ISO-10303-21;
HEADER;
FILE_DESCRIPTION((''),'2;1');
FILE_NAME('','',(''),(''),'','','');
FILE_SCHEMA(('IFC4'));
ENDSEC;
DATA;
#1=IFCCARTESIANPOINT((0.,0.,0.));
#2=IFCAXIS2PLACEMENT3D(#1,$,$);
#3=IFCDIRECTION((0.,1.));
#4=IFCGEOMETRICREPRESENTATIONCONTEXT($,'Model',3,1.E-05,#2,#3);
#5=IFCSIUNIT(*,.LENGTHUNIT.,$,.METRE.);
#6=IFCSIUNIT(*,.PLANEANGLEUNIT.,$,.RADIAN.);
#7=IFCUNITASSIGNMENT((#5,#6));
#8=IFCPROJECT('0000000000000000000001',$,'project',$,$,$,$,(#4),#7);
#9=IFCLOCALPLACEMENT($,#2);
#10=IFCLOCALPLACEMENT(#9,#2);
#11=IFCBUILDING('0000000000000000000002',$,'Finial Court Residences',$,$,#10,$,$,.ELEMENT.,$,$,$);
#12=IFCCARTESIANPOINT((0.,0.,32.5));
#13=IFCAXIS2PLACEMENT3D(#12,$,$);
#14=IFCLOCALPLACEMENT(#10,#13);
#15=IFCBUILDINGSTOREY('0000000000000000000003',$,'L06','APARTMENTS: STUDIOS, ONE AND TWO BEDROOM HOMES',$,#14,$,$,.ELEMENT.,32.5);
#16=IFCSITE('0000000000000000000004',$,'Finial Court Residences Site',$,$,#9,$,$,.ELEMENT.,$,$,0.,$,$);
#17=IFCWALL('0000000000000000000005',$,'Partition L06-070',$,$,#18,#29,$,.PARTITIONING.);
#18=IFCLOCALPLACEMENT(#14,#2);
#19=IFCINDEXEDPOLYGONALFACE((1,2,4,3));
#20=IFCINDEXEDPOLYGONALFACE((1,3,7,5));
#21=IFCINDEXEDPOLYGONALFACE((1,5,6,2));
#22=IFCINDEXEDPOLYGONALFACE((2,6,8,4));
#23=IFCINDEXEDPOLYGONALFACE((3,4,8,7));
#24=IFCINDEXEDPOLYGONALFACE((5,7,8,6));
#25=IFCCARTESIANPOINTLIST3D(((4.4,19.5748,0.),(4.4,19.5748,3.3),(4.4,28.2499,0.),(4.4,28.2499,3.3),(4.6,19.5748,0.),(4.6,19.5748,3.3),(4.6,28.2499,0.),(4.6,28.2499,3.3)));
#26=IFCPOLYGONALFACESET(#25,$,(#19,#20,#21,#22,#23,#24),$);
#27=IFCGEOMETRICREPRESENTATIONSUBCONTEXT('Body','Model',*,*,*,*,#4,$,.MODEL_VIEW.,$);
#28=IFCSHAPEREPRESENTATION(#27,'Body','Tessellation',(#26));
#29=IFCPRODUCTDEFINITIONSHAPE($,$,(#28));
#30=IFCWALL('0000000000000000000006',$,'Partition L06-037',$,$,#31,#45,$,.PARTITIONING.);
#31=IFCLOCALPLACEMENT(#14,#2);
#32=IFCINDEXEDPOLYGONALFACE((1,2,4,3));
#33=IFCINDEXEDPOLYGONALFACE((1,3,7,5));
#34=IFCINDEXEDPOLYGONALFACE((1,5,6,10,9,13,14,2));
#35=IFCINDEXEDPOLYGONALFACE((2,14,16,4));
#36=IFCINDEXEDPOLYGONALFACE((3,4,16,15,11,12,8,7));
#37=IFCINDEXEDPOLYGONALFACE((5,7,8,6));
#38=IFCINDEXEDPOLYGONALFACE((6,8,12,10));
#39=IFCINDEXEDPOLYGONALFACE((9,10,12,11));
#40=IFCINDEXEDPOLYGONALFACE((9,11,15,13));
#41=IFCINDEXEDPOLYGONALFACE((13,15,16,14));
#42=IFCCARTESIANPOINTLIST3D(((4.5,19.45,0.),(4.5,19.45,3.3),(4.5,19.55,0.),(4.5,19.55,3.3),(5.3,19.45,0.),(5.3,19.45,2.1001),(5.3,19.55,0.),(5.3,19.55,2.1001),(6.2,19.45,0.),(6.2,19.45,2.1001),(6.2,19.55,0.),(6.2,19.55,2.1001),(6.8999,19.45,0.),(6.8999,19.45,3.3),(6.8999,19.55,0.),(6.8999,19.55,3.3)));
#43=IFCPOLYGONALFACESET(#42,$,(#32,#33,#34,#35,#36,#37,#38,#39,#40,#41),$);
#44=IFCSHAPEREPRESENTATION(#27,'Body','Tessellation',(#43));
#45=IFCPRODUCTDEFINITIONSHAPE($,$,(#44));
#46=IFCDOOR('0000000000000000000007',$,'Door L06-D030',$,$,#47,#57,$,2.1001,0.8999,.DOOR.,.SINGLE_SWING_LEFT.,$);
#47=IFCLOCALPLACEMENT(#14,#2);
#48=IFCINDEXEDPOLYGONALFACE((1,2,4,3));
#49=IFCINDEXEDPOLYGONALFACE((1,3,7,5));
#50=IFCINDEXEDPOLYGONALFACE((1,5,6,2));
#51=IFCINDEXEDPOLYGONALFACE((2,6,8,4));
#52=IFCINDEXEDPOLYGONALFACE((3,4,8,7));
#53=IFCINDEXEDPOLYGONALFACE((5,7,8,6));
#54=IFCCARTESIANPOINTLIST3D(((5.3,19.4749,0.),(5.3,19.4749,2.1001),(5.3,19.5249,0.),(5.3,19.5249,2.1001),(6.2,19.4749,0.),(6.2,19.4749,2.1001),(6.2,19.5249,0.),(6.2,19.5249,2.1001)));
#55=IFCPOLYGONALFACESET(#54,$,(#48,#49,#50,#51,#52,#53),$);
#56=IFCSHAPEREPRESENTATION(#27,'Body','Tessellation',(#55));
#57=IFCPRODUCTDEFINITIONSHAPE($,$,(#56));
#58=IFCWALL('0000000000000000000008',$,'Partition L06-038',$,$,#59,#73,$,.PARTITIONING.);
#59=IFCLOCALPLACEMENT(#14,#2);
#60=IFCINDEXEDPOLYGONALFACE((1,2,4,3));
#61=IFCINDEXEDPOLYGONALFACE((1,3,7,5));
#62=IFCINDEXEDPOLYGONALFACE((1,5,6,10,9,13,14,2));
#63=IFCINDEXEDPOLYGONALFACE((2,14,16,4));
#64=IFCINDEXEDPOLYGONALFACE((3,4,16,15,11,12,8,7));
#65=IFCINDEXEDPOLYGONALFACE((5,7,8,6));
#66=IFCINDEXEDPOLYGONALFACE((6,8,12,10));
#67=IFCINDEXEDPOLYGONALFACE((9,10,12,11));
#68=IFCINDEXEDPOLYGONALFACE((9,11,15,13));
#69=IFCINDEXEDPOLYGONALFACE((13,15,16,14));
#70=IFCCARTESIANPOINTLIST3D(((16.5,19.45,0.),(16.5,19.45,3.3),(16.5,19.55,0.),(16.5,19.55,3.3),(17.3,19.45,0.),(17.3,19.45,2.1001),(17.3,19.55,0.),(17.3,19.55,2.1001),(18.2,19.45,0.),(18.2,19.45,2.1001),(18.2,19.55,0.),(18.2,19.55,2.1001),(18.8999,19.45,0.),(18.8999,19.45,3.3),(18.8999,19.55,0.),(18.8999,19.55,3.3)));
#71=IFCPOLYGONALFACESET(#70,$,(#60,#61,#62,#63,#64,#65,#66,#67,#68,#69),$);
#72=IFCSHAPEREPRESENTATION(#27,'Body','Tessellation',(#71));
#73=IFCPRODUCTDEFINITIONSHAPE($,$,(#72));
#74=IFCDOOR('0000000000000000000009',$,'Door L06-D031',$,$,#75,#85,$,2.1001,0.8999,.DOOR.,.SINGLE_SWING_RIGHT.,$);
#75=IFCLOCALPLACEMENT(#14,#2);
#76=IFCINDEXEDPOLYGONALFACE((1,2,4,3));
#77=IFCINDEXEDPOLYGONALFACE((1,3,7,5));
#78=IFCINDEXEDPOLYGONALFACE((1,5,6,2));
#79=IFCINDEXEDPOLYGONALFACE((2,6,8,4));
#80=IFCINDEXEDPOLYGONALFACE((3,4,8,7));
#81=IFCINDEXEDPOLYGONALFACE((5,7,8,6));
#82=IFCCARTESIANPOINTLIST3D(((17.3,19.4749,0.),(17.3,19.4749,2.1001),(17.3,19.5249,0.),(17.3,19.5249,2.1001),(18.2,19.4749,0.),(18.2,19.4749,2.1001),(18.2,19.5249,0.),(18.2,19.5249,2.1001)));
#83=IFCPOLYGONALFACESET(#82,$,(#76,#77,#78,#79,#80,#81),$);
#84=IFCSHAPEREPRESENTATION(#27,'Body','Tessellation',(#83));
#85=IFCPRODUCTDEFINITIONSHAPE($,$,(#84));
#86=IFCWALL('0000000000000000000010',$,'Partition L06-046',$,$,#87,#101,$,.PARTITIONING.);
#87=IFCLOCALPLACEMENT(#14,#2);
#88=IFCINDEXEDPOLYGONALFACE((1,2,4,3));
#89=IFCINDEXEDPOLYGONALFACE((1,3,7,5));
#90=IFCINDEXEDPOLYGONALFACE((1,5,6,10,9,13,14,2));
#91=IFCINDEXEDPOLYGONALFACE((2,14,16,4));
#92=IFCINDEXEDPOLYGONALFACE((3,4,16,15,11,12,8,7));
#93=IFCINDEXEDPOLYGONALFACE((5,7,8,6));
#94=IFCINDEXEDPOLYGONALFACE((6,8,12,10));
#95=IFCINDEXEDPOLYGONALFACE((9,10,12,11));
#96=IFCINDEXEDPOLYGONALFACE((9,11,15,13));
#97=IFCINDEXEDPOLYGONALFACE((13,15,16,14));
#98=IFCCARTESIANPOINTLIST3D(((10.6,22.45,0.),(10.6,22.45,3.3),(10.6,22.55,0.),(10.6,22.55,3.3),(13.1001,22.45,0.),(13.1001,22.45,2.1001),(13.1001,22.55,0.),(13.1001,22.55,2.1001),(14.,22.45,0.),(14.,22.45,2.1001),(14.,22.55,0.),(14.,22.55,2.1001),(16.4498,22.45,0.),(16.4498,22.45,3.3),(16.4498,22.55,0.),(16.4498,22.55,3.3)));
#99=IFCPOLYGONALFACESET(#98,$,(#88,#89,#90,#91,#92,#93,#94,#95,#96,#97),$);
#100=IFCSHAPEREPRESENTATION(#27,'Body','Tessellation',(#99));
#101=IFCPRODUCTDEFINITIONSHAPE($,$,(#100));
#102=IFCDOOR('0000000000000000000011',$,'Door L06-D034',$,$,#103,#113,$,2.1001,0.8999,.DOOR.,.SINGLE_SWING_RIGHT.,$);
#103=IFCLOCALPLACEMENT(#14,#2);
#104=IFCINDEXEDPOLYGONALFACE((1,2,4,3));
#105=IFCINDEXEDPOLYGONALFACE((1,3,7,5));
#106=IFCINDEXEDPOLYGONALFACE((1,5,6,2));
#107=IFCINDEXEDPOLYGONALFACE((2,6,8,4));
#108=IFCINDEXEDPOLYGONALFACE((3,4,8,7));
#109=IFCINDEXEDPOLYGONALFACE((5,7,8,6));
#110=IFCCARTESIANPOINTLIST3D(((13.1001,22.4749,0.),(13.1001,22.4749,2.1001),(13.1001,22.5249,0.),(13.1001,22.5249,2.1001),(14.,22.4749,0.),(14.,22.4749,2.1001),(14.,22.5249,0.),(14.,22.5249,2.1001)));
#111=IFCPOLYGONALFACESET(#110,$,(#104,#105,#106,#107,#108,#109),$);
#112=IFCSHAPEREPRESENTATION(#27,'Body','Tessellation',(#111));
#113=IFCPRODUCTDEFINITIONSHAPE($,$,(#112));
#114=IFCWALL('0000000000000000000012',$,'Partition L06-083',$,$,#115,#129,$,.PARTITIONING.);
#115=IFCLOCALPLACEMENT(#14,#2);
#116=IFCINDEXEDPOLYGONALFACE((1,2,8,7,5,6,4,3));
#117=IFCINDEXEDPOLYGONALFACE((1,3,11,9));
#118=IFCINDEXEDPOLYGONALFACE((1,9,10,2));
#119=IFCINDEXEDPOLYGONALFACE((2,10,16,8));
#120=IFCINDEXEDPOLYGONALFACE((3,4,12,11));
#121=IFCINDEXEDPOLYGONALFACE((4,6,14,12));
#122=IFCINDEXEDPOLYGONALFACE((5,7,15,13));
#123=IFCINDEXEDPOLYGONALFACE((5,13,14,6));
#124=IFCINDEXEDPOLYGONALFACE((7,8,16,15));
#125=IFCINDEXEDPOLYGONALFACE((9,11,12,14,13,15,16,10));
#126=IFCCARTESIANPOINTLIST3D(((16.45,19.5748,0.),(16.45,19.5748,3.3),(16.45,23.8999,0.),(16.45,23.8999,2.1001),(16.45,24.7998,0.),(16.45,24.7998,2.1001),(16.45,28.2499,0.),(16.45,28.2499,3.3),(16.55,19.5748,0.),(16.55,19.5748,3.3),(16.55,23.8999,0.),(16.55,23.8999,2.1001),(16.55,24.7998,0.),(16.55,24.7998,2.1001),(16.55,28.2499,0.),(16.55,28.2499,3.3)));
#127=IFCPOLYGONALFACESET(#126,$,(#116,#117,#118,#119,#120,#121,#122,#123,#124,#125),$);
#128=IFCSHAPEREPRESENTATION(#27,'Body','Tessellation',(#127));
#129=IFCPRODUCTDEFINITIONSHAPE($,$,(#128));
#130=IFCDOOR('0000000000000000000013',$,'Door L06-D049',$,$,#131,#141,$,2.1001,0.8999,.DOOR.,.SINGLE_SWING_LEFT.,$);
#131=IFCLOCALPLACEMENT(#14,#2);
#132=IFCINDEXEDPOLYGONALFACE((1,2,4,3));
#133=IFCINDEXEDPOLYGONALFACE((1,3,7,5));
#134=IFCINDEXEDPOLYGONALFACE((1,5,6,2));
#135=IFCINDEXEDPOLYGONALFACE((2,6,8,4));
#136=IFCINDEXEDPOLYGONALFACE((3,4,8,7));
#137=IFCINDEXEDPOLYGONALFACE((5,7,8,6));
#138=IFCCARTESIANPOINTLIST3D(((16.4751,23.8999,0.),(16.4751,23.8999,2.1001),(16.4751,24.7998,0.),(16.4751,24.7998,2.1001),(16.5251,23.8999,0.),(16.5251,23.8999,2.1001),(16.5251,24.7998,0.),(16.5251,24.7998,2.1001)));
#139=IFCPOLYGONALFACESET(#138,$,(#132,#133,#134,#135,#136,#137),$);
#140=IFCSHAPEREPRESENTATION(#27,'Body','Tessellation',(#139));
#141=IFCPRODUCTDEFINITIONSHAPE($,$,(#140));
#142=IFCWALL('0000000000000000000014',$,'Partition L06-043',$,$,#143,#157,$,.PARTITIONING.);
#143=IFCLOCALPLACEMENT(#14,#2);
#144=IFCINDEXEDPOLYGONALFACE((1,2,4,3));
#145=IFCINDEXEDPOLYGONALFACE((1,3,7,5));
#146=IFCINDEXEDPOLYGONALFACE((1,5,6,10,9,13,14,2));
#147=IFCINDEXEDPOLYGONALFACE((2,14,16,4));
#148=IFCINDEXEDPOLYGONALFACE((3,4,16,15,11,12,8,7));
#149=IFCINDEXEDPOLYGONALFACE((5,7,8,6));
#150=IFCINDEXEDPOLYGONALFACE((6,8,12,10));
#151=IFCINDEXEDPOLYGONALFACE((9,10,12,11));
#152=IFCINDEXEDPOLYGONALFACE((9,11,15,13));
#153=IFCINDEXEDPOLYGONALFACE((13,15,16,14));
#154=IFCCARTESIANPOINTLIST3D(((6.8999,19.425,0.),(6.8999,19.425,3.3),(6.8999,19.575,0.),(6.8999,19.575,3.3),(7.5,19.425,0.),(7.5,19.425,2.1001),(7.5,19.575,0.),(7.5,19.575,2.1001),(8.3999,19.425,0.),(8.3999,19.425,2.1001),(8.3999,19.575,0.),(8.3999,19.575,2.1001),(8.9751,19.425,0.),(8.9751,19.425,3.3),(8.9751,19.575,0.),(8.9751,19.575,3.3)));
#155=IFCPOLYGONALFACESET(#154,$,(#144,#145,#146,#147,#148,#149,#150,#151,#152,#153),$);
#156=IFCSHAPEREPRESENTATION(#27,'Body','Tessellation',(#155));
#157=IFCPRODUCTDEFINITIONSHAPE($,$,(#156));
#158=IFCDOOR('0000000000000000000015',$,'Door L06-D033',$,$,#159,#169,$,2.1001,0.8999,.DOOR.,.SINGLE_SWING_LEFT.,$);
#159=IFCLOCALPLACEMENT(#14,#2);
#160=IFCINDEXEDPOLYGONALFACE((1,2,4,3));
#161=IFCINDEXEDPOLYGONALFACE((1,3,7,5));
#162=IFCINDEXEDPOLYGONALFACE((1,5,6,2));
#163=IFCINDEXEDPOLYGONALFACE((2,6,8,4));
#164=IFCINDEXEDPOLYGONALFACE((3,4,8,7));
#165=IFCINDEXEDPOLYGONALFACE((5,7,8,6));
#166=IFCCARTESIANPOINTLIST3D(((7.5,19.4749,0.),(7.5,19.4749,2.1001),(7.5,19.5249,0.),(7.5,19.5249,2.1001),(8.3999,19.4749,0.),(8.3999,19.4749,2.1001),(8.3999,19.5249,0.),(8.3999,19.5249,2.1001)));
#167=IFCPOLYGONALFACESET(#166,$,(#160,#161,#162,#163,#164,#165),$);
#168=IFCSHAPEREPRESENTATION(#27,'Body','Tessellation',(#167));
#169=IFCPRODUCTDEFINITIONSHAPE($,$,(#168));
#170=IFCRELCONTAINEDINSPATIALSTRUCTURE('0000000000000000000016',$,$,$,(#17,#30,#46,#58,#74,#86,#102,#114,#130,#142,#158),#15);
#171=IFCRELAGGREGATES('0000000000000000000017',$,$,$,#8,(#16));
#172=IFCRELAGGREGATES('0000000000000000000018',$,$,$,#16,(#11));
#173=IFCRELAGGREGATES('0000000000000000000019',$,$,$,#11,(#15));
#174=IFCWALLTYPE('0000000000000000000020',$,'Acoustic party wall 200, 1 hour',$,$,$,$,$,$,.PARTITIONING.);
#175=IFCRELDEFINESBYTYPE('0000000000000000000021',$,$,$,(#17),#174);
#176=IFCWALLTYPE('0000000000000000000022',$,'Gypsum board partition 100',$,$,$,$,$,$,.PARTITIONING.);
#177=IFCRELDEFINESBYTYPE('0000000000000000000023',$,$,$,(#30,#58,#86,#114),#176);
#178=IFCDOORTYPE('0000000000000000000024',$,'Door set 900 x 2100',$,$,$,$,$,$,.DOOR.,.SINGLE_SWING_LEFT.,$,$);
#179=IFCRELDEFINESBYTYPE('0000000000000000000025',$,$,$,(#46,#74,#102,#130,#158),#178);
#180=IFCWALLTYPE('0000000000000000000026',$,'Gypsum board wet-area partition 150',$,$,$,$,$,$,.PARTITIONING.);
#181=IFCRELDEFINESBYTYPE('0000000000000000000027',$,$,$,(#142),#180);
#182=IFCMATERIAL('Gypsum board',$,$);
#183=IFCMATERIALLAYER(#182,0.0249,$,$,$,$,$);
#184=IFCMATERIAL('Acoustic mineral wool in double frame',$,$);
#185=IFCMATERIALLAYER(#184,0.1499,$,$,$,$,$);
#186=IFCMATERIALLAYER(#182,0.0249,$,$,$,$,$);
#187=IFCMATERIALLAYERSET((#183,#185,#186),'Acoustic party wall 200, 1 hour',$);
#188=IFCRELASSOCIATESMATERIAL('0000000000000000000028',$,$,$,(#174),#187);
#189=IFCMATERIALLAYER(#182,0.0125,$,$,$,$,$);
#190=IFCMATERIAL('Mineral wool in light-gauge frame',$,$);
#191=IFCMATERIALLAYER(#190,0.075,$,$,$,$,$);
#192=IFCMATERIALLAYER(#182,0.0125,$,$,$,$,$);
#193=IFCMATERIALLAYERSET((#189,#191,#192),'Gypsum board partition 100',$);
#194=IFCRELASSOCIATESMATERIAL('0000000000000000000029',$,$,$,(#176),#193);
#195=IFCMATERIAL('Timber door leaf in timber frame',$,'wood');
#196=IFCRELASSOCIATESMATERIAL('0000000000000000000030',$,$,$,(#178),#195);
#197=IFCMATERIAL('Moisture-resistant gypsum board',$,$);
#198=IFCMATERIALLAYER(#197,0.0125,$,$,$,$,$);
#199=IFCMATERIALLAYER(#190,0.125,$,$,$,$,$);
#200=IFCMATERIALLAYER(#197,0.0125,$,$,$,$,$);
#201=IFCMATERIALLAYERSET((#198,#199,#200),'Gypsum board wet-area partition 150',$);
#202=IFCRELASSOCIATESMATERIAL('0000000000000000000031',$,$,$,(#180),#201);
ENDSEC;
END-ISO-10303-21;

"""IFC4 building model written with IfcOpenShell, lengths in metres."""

from ifc_helpers import new_model, si_unit, direction, frame, frame_2d, origin, place, context, subcontext, project, spatial, rectangle, extrude, material, layer, layer_set, type_object, element, fill, save


model = new_model("IFC4")

# Units and contexts
model_context = context("Model", 3, precision=1e-05, world=origin(), true_north=direction((0.0, 1.0)))
body_context = subcontext(model_context, "Body", "Model", "MODEL_VIEW")
ifc_project = project(units=[si_unit("LENGTHUNIT", "METRE"), si_unit("PLANEANGLEUNIT", "RADIAN")], contexts=[model_context])

# Site, building, storey
site_placement = place(None, origin())
site = spatial("IfcSite", under=ifc_project, at=site_placement, Name="Finial Court Residences Site", CompositionType="ELEMENT", RefElevation=0.0)
building_placement = place(site_placement, origin())
building = spatial("IfcBuilding", under=site, at=building_placement, Name="Finial Court Residences", CompositionType="ELEMENT")
storey_placement = place(building_placement, frame((0.0, 0.0, 32.5)))
storey = spatial("IfcBuildingStorey", under=building, at=storey_placement, Name="L06", Description="APARTMENTS: STUDIOS, ONE AND TWO BEDROOM HOMES", CompositionType="ELEMENT", Elevation=32.5)

# Wall
ifc_material_1 = material(Name="Gypsum board")
ifc_layer_1 = layer(ifc_material_1, 0.0249)
ifc_material_2 = material(Name="Acoustic mineral wool in double frame")
ifc_layer_2 = layer(ifc_material_2, 0.1499)
ifc_layer_3 = layer(ifc_material_1, 0.0249)
ifc_layer_set_1 = layer_set([ifc_layer_1, ifc_layer_2, ifc_layer_3], Name="Acoustic party wall 200, 1 hour")
wall_type_1 = type_object("IfcWallType", Name="Acoustic party wall 200, 1 hour", PredefinedType="PARTITIONING", material=ifc_layer_set_1)
wall_1_placement = place(storey_placement, frame((4.5, 19.575, 0.0), z_axis=(0.0, 0.0, 1.0), x_axis=(0.0, 1.0, 0.0)))
element("IfcWall", 1, at=wall_1_placement, inside=storey, type_object=wall_type_1, Name="Partition L06-070", PredefinedType="PARTITIONING", context=body_context, shape_type="SweptSolid", body=[
    extrude(rectangle(XDim=8.675, YDim=0.2, at=frame_2d((4.3374, 0.0))), origin(), (0.0, 0.0, 1.0), 3.3),
])

# Walls, openings, doors
ifc_layer_4 = layer(ifc_material_1, 0.0125)
ifc_material_3 = material(Name="Mineral wool in light-gauge frame")
ifc_layer_5 = layer(ifc_material_3, 0.075)
ifc_layer_6 = layer(ifc_material_1, 0.0125)
ifc_layer_set_2 = layer_set([ifc_layer_4, ifc_layer_5, ifc_layer_6], Name="Gypsum board partition 100")
wall_type_2 = type_object("IfcWallType", Name="Gypsum board partition 100", PredefinedType="PARTITIONING", material=ifc_layer_set_2)
wall_2_placement = place(storey_placement, frame((4.5, 19.5, 0.0), z_axis=(0.0, 0.0, 1.0), x_axis=(1.0, 0.0, 0.0)))
wall_2 = element("IfcWall", 2, at=wall_2_placement, inside=storey, type_object=wall_type_2, Name="Partition L06-037", PredefinedType="PARTITIONING", context=body_context, shape_type="SweptSolid", body=[
    extrude(rectangle(XDim=2.3999, YDim=0.1001, at=frame_2d((1.2, 0.0))), origin(), (0.0, 0.0, 1.0), 3.3),
])
opening_1_placement = place(wall_2_placement, frame((0.8, 0.0, 0.0)))
opening_1 = element("IfcOpeningElement", 3, at=opening_1_placement, cuts=wall_2, PredefinedType="OPENING", context=body_context, shape_type="SweptSolid", body=[
    extrude(rectangle(XDim=0.8999, YDim=2.1001, at=frame_2d((0.45, 1.05))), frame((0.0, 0.0601, 0.0), z_axis=(0.0, -1.0, 0.0), x_axis=(1.0, 0.0, 0.0)), (0.0, 0.0, 1.0), 0.1201),
])
ifc_material_4 = material(Name="Timber door leaf in timber frame", Category="wood")
door_type = type_object("IfcDoorType", Name="Door set 900 x 2100", OperationType="SINGLE_SWING_LEFT", PredefinedType="DOOR", material=ifc_material_4)
door_1_placement = place(opening_1_placement, origin())
door_1 = element("IfcDoor", 4, at=door_1_placement, inside=storey, type_object=door_type, Name="Door L06-D030", OperationType="SINGLE_SWING_LEFT", OverallHeight=2.1001, OverallWidth=0.8999, PredefinedType="DOOR", context=body_context, shape_type="SweptSolid", body=[
    extrude(rectangle(XDim=0.8999, YDim=2.1001, at=frame_2d((0.45, 1.05))), frame((0.0, 0.0249, 0.0), z_axis=(0.0, -1.0, 0.0), x_axis=(1.0, 0.0, 0.0)), (0.0, 0.0, 1.0), 0.05),
])
fill(opening_1, door_1)
wall_3_placement = place(storey_placement, frame((16.5, 19.5, 0.0), z_axis=(0.0, 0.0, 1.0), x_axis=(1.0, 0.0, 0.0)))
wall_3 = element("IfcWall", 5, at=wall_3_placement, inside=storey, type_object=wall_type_2, Name="Partition L06-038", PredefinedType="PARTITIONING", context=body_context, shape_type="SweptSolid", body=[
    extrude(rectangle(XDim=2.3999, YDim=0.1001, at=frame_2d((1.2, 0.0))), origin(), (0.0, 0.0, 1.0), 3.3),
])
opening_2_placement = place(wall_3_placement, frame((0.8, 0.0, 0.0)))
opening_2 = element("IfcOpeningElement", 6, at=opening_2_placement, cuts=wall_3, PredefinedType="OPENING", context=body_context, shape_type="SweptSolid", body=[
    extrude(rectangle(XDim=0.8999, YDim=2.1001, at=frame_2d((0.45, 1.05))), frame((0.0, 0.0601, 0.0), z_axis=(0.0, -1.0, 0.0), x_axis=(1.0, 0.0, 0.0)), (0.0, 0.0, 1.0), 0.1201),
])
door_2_placement = place(opening_2_placement, origin())
door_2 = element("IfcDoor", 7, at=door_2_placement, inside=storey, type_object=door_type, Name="Door L06-D031", OperationType="SINGLE_SWING_RIGHT", OverallHeight=2.1001, OverallWidth=0.8999, PredefinedType="DOOR", context=body_context, shape_type="SweptSolid", body=[
    extrude(rectangle(XDim=0.8999, YDim=2.1001, at=frame_2d((0.45, 1.05))), frame((0.0, 0.0249, 0.0), z_axis=(0.0, -1.0, 0.0), x_axis=(1.0, 0.0, 0.0)), (0.0, 0.0, 1.0), 0.05),
])
fill(opening_2, door_2)
wall_4_placement = place(storey_placement, frame((10.6001, 22.5, 0.0), z_axis=(0.0, 0.0, 1.0), x_axis=(1.0, 0.0, 0.0)))
wall_4 = element("IfcWall", 8, at=wall_4_placement, inside=storey, type_object=wall_type_2, Name="Partition L06-046", PredefinedType="PARTITIONING", context=body_context, shape_type="SweptSolid", body=[
    extrude(rectangle(XDim=5.8499, YDim=0.1001, at=frame_2d((2.9248, 0.0))), origin(), (0.0, 0.0, 1.0), 3.3),
])
opening_3_placement = place(wall_4_placement, frame((2.5, 0.0, 0.0)))
opening_3 = element("IfcOpeningElement", 9, at=opening_3_placement, cuts=wall_4, PredefinedType="OPENING", context=body_context, shape_type="SweptSolid", body=[
    extrude(rectangle(XDim=0.8999, YDim=2.1001, at=frame_2d((0.45, 1.05))), frame((0.0, 0.0601, 0.0), z_axis=(0.0, -1.0, 0.0), x_axis=(1.0, 0.0, 0.0)), (0.0, 0.0, 1.0), 0.1201),
])
door_3_placement = place(opening_3_placement, origin())
door_3 = element("IfcDoor", 10, at=door_3_placement, inside=storey, type_object=door_type, Name="Door L06-D034", OperationType="SINGLE_SWING_RIGHT", OverallHeight=2.1001, OverallWidth=0.8999, PredefinedType="DOOR", context=body_context, shape_type="SweptSolid", body=[
    extrude(rectangle(XDim=0.8999, YDim=2.1001, at=frame_2d((0.45, 1.05))), frame((0.0, 0.0249, 0.0), z_axis=(0.0, -1.0, 0.0), x_axis=(1.0, 0.0, 0.0)), (0.0, 0.0, 1.0), 0.05),
])
fill(opening_3, door_3)
wall_5_placement = place(storey_placement, frame((16.5, 19.575, 0.0), z_axis=(0.0, 0.0, 1.0), x_axis=(0.0, 1.0, 0.0)))
wall_5 = element("IfcWall", 11, at=wall_5_placement, inside=storey, type_object=wall_type_2, Name="Partition L06-083", PredefinedType="PARTITIONING", context=body_context, shape_type="SweptSolid", body=[
    extrude(rectangle(XDim=8.675, YDim=0.1001, at=frame_2d((4.3374, 0.0))), origin(), (0.0, 0.0, 1.0), 3.3),
])
opening_4_placement = place(wall_5_placement, frame((4.325, 0.0, 0.0)))
opening_4 = element("IfcOpeningElement", 12, at=opening_4_placement, cuts=wall_5, PredefinedType="OPENING", context=body_context, shape_type="SweptSolid", body=[
    extrude(rectangle(XDim=0.8999, YDim=2.1001, at=frame_2d((0.45, 1.05))), frame((0.0, 0.0601, 0.0), z_axis=(0.0, -1.0, 0.0), x_axis=(1.0, 0.0, 0.0)), (0.0, 0.0, 1.0), 0.1201),
])
door_4_placement = place(opening_4_placement, origin())
door_4 = element("IfcDoor", 13, at=door_4_placement, inside=storey, type_object=door_type, Name="Door L06-D049", OperationType="SINGLE_SWING_LEFT", OverallHeight=2.1001, OverallWidth=0.8999, PredefinedType="DOOR", context=body_context, shape_type="SweptSolid", body=[
    extrude(rectangle(XDim=0.8999, YDim=2.1001, at=frame_2d((0.45, 1.05))), frame((0.0, 0.0249, 0.0), z_axis=(0.0, -1.0, 0.0), x_axis=(1.0, 0.0, 0.0)), (0.0, 0.0, 1.0), 0.05),
])
fill(opening_4, door_4)
ifc_material_5 = material(Name="Moisture-resistant gypsum board")
ifc_layer_7 = layer(ifc_material_5, 0.0125)
ifc_layer_8 = layer(ifc_material_3, 0.125)
ifc_layer_9 = layer(ifc_material_5, 0.0125)
ifc_layer_set_3 = layer_set([ifc_layer_7, ifc_layer_8, ifc_layer_9], Name="Gypsum board wet-area partition 150")
wall_type_3 = type_object("IfcWallType", Name="Gypsum board wet-area partition 150", PredefinedType="PARTITIONING", material=ifc_layer_set_3)
wall_6_placement = place(storey_placement, frame((6.8999, 19.5, 0.0), z_axis=(0.0, 0.0, 1.0), x_axis=(1.0, 0.0, 0.0)))
wall_6 = element("IfcWall", 14, at=wall_6_placement, inside=storey, type_object=wall_type_3, Name="Partition L06-043", PredefinedType="PARTITIONING", context=body_context, shape_type="SweptSolid", body=[
    extrude(rectangle(XDim=2.0752, YDim=0.1499, at=frame_2d((1.0376, 0.0))), origin(), (0.0, 0.0, 1.0), 3.3),
])
opening_5_placement = place(wall_6_placement, frame((0.6001, 0.0, 0.0)))
opening_5 = element("IfcOpeningElement", 15, at=opening_5_placement, cuts=wall_6, PredefinedType="OPENING", context=body_context, shape_type="SweptSolid", body=[
    extrude(rectangle(XDim=0.8999, YDim=2.1001, at=frame_2d((0.45, 1.05))), frame((0.0, 0.085, 0.0), z_axis=(0.0, -1.0, 0.0), x_axis=(1.0, 0.0, 0.0)), (0.0, 0.0, 1.0), 0.1699),
])
door_5_placement = place(opening_5_placement, origin())
door_5 = element("IfcDoor", 16, at=door_5_placement, inside=storey, type_object=door_type, Name="Door L06-D033", OperationType="SINGLE_SWING_LEFT", OverallHeight=2.1001, OverallWidth=0.8999, PredefinedType="DOOR", context=body_context, shape_type="SweptSolid", body=[
    extrude(rectangle(XDim=0.8999, YDim=2.1001, at=frame_2d((0.45, 1.05))), frame((0.0, 0.0249, 0.0), z_axis=(0.0, -1.0, 0.0), x_axis=(1.0, 0.0, 0.0)), (0.0, 0.0, 1.0), 0.05),
])
fill(opening_5, door_5)

save(model, "model.ifc")
